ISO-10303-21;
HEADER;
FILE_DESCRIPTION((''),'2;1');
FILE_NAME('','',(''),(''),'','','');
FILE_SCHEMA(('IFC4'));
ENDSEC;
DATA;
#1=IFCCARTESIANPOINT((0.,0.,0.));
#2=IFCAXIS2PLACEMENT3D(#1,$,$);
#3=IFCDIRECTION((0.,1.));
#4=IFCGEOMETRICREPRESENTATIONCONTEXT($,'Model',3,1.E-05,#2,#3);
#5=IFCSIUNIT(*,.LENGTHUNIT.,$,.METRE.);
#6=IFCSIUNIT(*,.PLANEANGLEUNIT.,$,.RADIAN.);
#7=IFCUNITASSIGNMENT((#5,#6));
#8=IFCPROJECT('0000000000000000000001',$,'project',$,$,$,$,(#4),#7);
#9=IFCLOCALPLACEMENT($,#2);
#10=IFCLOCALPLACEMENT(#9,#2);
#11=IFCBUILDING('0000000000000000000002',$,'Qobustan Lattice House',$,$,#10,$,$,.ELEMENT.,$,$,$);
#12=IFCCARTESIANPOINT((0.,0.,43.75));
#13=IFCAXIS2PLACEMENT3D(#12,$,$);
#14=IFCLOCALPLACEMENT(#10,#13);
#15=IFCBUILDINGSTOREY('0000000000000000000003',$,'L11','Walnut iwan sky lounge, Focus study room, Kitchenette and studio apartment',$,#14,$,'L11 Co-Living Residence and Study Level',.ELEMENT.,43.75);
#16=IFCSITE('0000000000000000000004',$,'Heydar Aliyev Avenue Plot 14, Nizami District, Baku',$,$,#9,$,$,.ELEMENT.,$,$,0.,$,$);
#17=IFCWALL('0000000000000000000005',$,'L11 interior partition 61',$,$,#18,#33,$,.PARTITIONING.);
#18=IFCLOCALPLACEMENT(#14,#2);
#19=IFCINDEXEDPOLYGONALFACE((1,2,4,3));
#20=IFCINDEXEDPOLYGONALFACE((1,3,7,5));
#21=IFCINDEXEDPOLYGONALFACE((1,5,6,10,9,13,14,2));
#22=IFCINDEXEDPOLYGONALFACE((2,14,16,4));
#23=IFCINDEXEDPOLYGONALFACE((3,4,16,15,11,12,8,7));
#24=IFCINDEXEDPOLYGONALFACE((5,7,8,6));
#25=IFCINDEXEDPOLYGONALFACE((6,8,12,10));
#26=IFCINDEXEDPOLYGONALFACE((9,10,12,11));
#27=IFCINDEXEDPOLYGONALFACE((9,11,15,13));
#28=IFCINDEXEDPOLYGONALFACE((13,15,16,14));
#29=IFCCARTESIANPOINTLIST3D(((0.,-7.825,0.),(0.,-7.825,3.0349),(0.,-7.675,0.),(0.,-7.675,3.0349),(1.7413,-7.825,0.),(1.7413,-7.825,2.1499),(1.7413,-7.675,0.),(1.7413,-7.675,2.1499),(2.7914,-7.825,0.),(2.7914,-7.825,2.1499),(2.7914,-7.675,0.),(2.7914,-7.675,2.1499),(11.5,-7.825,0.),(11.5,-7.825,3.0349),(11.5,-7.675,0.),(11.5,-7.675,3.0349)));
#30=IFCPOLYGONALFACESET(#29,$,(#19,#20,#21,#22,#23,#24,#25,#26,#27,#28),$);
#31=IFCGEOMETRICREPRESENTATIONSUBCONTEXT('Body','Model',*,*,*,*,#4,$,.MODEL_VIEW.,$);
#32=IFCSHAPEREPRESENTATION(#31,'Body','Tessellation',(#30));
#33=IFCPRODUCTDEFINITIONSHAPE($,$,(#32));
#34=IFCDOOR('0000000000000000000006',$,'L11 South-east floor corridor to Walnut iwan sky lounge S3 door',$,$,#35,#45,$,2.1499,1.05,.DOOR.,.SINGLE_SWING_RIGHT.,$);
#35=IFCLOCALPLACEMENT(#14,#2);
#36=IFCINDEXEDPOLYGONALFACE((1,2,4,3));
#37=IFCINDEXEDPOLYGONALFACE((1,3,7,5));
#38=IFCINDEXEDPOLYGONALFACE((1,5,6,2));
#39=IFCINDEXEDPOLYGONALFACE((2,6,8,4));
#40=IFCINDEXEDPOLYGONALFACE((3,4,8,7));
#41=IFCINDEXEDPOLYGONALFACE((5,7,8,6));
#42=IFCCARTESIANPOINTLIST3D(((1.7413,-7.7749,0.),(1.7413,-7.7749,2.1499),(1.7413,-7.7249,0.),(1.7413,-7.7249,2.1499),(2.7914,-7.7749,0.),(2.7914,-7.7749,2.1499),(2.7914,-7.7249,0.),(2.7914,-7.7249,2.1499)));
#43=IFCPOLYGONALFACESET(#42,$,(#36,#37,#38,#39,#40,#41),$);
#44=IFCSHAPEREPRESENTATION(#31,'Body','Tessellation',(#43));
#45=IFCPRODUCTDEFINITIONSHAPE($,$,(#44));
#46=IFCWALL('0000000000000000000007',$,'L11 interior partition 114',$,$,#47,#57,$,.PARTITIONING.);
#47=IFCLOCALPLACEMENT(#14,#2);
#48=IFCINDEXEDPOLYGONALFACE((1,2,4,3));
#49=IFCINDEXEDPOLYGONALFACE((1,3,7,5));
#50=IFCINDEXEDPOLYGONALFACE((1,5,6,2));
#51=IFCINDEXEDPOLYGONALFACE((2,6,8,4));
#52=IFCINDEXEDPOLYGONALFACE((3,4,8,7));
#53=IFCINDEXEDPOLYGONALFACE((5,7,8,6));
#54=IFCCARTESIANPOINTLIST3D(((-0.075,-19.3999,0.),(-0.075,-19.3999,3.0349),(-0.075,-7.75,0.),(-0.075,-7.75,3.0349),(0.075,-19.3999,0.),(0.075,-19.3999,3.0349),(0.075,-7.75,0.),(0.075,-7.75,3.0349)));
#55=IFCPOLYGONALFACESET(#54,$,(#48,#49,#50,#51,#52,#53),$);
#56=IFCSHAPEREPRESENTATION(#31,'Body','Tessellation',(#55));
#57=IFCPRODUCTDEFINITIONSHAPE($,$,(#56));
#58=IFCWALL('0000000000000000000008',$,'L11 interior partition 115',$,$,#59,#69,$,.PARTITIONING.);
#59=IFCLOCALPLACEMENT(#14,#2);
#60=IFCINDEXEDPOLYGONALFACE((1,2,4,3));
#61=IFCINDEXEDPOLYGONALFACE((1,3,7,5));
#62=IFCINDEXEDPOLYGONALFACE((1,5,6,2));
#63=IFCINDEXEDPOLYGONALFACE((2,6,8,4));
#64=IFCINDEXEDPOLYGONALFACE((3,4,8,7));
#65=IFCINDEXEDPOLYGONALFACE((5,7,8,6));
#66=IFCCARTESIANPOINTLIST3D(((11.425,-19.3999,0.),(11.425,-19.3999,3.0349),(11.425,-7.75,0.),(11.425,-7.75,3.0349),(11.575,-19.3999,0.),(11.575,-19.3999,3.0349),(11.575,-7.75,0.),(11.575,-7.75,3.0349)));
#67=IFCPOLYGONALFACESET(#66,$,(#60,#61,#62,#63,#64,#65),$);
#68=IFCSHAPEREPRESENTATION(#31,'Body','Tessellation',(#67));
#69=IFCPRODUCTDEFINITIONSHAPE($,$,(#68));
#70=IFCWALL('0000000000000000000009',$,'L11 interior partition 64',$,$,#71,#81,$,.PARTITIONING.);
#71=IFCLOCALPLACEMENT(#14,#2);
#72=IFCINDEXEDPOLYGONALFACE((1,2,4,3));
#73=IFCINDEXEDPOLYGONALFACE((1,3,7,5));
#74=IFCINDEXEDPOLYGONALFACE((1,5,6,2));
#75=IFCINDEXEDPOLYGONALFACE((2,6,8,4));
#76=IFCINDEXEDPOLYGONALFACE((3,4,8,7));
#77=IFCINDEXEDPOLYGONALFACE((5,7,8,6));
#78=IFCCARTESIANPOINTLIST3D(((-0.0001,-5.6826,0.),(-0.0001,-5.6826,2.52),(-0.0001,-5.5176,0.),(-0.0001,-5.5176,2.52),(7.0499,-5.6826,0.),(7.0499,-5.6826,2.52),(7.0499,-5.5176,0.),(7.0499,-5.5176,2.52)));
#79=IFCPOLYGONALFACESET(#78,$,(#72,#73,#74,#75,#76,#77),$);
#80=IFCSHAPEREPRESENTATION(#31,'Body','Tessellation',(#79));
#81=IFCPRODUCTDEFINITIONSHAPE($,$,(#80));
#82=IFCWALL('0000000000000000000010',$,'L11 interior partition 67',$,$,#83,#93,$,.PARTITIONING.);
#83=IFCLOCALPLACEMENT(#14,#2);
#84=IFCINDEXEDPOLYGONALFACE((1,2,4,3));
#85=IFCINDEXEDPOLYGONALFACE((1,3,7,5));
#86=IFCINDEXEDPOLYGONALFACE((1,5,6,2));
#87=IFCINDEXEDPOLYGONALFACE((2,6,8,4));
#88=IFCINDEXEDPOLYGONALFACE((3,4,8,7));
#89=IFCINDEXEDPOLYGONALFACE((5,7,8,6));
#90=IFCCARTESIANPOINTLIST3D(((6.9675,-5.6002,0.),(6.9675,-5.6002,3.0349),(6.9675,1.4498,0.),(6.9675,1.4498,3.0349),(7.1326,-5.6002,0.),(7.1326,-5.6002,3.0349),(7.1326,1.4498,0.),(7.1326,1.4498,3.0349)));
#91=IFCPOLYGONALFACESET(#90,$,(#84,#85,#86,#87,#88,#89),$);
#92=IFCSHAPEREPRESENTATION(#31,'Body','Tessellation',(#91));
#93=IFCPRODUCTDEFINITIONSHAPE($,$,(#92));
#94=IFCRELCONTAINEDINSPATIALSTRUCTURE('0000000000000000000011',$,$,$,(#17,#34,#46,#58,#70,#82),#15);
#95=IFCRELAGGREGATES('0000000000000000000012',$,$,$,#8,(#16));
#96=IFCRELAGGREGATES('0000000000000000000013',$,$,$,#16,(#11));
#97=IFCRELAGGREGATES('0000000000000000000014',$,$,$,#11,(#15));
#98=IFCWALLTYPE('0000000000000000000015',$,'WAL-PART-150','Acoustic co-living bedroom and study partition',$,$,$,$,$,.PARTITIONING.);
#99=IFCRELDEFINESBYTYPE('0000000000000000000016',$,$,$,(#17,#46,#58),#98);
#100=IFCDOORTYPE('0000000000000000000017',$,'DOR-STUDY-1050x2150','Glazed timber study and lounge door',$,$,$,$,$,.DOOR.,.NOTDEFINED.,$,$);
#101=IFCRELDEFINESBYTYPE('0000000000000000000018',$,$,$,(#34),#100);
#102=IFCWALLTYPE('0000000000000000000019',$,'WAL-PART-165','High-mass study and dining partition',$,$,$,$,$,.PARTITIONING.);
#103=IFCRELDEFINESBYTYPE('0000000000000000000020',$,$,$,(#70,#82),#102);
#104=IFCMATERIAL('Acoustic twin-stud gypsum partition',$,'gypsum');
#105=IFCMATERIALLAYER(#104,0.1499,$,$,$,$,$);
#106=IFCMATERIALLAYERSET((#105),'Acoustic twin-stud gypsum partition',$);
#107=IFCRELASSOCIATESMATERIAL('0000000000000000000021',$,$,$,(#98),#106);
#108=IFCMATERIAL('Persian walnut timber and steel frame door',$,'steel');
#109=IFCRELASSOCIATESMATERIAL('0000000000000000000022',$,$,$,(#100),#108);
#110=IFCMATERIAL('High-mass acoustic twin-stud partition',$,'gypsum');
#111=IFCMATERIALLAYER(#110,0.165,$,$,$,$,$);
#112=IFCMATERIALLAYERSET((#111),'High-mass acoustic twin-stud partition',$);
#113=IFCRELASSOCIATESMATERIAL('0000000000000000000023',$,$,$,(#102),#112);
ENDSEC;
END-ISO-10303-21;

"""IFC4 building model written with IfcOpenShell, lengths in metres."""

from ifc_helpers import new_model, si_unit, direction, frame, frame_2d, origin, place, context, subcontext, project, spatial, rectangle, extrude, material, layer, layer_set, type_object, element, fill, save


model = new_model("IFC4")

# Units and contexts
model_context = context("Model", 3, precision=1e-05, world=origin(), true_north=direction((0.0, 1.0)))
body_context = subcontext(model_context, "Body", "Model", "MODEL_VIEW")
ifc_project = project(units=[si_unit("LENGTHUNIT", "METRE"), si_unit("PLANEANGLEUNIT", "RADIAN")], contexts=[model_context])

# Site, building, storey
site_placement = place(None, origin())
site = spatial("IfcSite", under=ifc_project, at=site_placement, Name="Heydar Aliyev Avenue Plot 14, Nizami District, Baku", CompositionType="ELEMENT", RefElevation=0.0)
building_placement = place(site_placement, origin())
building = spatial("IfcBuilding", under=site, at=building_placement, Name="Qobustan Lattice House", CompositionType="ELEMENT")
storey_placement = place(building_placement, frame((0.0, 0.0, 43.75)))
storey = spatial("IfcBuildingStorey", under=building, at=storey_placement, Name="L11", Description="Walnut iwan sky lounge, Focus study room, Kitchenette and studio apartment", LongName="L11 Co-Living Residence and Study Level", CompositionType="ELEMENT", Elevation=43.75)

# Wall, opening, door
ifc_material_1 = material(Name="Acoustic twin-stud gypsum partition", Category="gypsum")
ifc_layer_1 = layer(ifc_material_1, 0.1499)
ifc_layer_set_1 = layer_set([ifc_layer_1], Name="Acoustic twin-stud gypsum partition")
wall_type_1 = type_object("IfcWallType", Name="WAL-PART-150", Description="Acoustic co-living bedroom and study partition", PredefinedType="PARTITIONING", material=ifc_layer_set_1)
ifc_material_2 = material(Name="Persian walnut timber and steel frame door", Category="steel")
door_type = type_object("IfcDoorType", Name="DOR-STUDY-1050x2150", Description="Glazed timber study and lounge door", OperationType="NOTDEFINED", PredefinedType="DOOR", material=ifc_material_2)
wall_1_placement = place(storey_placement, frame((11.5, -7.75, 0.0), z_axis=(0.0, 0.0, 1.0), x_axis=(-1.0, 0.0, 0.0)))
wall_1 = element("IfcWall", 1, at=wall_1_placement, inside=storey, type_object=wall_type_1, Name="L11 interior partition 61", PredefinedType="PARTITIONING", context=body_context, shape_type="SweptSolid", body=[
    extrude(rectangle(XDim=11.5, YDim=0.1499, at=frame_2d((5.75, 0.0))), origin(), (0.0, 0.0, 1.0), 3.0349),
])
opening_1_placement = place(wall_1_placement, frame((8.7087, 0.0, 0.0)))
opening_1 = element("IfcOpeningElement", 2, at=opening_1_placement, cuts=wall_1, PredefinedType="OPENING", context=body_context, shape_type="SweptSolid", body=[
    extrude(rectangle(XDim=1.05, YDim=2.1499, at=frame_2d((0.5249, 1.075))), frame((0.0, 0.085, 0.0), z_axis=(0.0, -1.0, 0.0), x_axis=(1.0, 0.0, 0.0)), (0.0, 0.0, 1.0), 0.1699),
])
door_1_placement = place(opening_1_placement, origin())
door_1 = element("IfcDoor", 3, at=door_1_placement, inside=storey, type_object=door_type, Name="L11 South-east floor corridor to Walnut iwan sky lounge S3 door", OperationType="SINGLE_SWING_RIGHT", OverallHeight=2.1499, OverallWidth=1.05, PredefinedType="DOOR", context=body_context, shape_type="SweptSolid", body=[
    extrude(rectangle(XDim=1.05, YDim=2.1499, at=frame_2d((0.5249, 1.075))), frame((0.0, 0.0249, 0.0), z_axis=(0.0, -1.0, 0.0), x_axis=(1.0, 0.0, 0.0)), (0.0, 0.0, 1.0), 0.05),
])
fill(opening_1, door_1)

# Walls
for number, where, z_axis, x_axis, name in (
    (4, (0.0, -7.75, 0.0), (0.0, 0.0, 1.0), (0.0, -1.0, 0.0), "L11 interior partition 114"),
    (5, (11.5, -7.75, 0.0), (0.0, 0.0, 1.0), (0.0, -1.0, 0.0), "L11 interior partition 115"),
):
    element("IfcWall", number, at=place(storey_placement, frame(where, z_axis=z_axis, x_axis=x_axis)), inside=storey, type_object=wall_type_1, Name=name, PredefinedType="PARTITIONING", context=body_context, shape_type="SweptSolid", body=[
        extrude(rectangle(XDim=11.6499, YDim=0.1499, at=frame_2d((5.825, 0.0))), origin(), (0.0, 0.0, 1.0), 3.0349),
    ])
ifc_material_3 = material(Name="High-mass acoustic twin-stud partition", Category="gypsum")
ifc_layer_2 = layer(ifc_material_3, 0.165)
ifc_layer_set_2 = layer_set([ifc_layer_2], Name="High-mass acoustic twin-stud partition")
wall_type_2 = type_object("IfcWallType", Name="WAL-PART-165", Description="High-mass study and dining partition", PredefinedType="PARTITIONING", material=ifc_layer_set_2)
wall_2_placement = place(storey_placement, frame((0.0, -5.6001, 0.0), z_axis=(0.0, 0.0, 1.0), x_axis=(1.0, 0.0, 0.0)))
element("IfcWall", 6, at=wall_2_placement, inside=storey, type_object=wall_type_2, Name="L11 interior partition 64", PredefinedType="PARTITIONING", context=body_context, shape_type="SweptSolid", body=[
    extrude(rectangle(XDim=7.05, YDim=0.165, at=frame_2d((3.5249, 0.0))), origin(), (0.0, 0.0, 1.0), 2.52),
])
wall_3_placement = place(storey_placement, frame((7.05, -5.6001, 0.0), z_axis=(0.0, 0.0, 1.0), x_axis=(0.0, 1.0, 0.0)))
element("IfcWall", 7, at=wall_3_placement, inside=storey, type_object=wall_type_2, Name="L11 interior partition 67", PredefinedType="PARTITIONING", context=body_context, shape_type="SweptSolid", body=[
    extrude(rectangle(XDim=7.05, YDim=0.165, at=frame_2d((3.5249, 0.0))), origin(), (0.0, 0.0, 1.0), 3.0349),
])

save(model, "model.ifc")
